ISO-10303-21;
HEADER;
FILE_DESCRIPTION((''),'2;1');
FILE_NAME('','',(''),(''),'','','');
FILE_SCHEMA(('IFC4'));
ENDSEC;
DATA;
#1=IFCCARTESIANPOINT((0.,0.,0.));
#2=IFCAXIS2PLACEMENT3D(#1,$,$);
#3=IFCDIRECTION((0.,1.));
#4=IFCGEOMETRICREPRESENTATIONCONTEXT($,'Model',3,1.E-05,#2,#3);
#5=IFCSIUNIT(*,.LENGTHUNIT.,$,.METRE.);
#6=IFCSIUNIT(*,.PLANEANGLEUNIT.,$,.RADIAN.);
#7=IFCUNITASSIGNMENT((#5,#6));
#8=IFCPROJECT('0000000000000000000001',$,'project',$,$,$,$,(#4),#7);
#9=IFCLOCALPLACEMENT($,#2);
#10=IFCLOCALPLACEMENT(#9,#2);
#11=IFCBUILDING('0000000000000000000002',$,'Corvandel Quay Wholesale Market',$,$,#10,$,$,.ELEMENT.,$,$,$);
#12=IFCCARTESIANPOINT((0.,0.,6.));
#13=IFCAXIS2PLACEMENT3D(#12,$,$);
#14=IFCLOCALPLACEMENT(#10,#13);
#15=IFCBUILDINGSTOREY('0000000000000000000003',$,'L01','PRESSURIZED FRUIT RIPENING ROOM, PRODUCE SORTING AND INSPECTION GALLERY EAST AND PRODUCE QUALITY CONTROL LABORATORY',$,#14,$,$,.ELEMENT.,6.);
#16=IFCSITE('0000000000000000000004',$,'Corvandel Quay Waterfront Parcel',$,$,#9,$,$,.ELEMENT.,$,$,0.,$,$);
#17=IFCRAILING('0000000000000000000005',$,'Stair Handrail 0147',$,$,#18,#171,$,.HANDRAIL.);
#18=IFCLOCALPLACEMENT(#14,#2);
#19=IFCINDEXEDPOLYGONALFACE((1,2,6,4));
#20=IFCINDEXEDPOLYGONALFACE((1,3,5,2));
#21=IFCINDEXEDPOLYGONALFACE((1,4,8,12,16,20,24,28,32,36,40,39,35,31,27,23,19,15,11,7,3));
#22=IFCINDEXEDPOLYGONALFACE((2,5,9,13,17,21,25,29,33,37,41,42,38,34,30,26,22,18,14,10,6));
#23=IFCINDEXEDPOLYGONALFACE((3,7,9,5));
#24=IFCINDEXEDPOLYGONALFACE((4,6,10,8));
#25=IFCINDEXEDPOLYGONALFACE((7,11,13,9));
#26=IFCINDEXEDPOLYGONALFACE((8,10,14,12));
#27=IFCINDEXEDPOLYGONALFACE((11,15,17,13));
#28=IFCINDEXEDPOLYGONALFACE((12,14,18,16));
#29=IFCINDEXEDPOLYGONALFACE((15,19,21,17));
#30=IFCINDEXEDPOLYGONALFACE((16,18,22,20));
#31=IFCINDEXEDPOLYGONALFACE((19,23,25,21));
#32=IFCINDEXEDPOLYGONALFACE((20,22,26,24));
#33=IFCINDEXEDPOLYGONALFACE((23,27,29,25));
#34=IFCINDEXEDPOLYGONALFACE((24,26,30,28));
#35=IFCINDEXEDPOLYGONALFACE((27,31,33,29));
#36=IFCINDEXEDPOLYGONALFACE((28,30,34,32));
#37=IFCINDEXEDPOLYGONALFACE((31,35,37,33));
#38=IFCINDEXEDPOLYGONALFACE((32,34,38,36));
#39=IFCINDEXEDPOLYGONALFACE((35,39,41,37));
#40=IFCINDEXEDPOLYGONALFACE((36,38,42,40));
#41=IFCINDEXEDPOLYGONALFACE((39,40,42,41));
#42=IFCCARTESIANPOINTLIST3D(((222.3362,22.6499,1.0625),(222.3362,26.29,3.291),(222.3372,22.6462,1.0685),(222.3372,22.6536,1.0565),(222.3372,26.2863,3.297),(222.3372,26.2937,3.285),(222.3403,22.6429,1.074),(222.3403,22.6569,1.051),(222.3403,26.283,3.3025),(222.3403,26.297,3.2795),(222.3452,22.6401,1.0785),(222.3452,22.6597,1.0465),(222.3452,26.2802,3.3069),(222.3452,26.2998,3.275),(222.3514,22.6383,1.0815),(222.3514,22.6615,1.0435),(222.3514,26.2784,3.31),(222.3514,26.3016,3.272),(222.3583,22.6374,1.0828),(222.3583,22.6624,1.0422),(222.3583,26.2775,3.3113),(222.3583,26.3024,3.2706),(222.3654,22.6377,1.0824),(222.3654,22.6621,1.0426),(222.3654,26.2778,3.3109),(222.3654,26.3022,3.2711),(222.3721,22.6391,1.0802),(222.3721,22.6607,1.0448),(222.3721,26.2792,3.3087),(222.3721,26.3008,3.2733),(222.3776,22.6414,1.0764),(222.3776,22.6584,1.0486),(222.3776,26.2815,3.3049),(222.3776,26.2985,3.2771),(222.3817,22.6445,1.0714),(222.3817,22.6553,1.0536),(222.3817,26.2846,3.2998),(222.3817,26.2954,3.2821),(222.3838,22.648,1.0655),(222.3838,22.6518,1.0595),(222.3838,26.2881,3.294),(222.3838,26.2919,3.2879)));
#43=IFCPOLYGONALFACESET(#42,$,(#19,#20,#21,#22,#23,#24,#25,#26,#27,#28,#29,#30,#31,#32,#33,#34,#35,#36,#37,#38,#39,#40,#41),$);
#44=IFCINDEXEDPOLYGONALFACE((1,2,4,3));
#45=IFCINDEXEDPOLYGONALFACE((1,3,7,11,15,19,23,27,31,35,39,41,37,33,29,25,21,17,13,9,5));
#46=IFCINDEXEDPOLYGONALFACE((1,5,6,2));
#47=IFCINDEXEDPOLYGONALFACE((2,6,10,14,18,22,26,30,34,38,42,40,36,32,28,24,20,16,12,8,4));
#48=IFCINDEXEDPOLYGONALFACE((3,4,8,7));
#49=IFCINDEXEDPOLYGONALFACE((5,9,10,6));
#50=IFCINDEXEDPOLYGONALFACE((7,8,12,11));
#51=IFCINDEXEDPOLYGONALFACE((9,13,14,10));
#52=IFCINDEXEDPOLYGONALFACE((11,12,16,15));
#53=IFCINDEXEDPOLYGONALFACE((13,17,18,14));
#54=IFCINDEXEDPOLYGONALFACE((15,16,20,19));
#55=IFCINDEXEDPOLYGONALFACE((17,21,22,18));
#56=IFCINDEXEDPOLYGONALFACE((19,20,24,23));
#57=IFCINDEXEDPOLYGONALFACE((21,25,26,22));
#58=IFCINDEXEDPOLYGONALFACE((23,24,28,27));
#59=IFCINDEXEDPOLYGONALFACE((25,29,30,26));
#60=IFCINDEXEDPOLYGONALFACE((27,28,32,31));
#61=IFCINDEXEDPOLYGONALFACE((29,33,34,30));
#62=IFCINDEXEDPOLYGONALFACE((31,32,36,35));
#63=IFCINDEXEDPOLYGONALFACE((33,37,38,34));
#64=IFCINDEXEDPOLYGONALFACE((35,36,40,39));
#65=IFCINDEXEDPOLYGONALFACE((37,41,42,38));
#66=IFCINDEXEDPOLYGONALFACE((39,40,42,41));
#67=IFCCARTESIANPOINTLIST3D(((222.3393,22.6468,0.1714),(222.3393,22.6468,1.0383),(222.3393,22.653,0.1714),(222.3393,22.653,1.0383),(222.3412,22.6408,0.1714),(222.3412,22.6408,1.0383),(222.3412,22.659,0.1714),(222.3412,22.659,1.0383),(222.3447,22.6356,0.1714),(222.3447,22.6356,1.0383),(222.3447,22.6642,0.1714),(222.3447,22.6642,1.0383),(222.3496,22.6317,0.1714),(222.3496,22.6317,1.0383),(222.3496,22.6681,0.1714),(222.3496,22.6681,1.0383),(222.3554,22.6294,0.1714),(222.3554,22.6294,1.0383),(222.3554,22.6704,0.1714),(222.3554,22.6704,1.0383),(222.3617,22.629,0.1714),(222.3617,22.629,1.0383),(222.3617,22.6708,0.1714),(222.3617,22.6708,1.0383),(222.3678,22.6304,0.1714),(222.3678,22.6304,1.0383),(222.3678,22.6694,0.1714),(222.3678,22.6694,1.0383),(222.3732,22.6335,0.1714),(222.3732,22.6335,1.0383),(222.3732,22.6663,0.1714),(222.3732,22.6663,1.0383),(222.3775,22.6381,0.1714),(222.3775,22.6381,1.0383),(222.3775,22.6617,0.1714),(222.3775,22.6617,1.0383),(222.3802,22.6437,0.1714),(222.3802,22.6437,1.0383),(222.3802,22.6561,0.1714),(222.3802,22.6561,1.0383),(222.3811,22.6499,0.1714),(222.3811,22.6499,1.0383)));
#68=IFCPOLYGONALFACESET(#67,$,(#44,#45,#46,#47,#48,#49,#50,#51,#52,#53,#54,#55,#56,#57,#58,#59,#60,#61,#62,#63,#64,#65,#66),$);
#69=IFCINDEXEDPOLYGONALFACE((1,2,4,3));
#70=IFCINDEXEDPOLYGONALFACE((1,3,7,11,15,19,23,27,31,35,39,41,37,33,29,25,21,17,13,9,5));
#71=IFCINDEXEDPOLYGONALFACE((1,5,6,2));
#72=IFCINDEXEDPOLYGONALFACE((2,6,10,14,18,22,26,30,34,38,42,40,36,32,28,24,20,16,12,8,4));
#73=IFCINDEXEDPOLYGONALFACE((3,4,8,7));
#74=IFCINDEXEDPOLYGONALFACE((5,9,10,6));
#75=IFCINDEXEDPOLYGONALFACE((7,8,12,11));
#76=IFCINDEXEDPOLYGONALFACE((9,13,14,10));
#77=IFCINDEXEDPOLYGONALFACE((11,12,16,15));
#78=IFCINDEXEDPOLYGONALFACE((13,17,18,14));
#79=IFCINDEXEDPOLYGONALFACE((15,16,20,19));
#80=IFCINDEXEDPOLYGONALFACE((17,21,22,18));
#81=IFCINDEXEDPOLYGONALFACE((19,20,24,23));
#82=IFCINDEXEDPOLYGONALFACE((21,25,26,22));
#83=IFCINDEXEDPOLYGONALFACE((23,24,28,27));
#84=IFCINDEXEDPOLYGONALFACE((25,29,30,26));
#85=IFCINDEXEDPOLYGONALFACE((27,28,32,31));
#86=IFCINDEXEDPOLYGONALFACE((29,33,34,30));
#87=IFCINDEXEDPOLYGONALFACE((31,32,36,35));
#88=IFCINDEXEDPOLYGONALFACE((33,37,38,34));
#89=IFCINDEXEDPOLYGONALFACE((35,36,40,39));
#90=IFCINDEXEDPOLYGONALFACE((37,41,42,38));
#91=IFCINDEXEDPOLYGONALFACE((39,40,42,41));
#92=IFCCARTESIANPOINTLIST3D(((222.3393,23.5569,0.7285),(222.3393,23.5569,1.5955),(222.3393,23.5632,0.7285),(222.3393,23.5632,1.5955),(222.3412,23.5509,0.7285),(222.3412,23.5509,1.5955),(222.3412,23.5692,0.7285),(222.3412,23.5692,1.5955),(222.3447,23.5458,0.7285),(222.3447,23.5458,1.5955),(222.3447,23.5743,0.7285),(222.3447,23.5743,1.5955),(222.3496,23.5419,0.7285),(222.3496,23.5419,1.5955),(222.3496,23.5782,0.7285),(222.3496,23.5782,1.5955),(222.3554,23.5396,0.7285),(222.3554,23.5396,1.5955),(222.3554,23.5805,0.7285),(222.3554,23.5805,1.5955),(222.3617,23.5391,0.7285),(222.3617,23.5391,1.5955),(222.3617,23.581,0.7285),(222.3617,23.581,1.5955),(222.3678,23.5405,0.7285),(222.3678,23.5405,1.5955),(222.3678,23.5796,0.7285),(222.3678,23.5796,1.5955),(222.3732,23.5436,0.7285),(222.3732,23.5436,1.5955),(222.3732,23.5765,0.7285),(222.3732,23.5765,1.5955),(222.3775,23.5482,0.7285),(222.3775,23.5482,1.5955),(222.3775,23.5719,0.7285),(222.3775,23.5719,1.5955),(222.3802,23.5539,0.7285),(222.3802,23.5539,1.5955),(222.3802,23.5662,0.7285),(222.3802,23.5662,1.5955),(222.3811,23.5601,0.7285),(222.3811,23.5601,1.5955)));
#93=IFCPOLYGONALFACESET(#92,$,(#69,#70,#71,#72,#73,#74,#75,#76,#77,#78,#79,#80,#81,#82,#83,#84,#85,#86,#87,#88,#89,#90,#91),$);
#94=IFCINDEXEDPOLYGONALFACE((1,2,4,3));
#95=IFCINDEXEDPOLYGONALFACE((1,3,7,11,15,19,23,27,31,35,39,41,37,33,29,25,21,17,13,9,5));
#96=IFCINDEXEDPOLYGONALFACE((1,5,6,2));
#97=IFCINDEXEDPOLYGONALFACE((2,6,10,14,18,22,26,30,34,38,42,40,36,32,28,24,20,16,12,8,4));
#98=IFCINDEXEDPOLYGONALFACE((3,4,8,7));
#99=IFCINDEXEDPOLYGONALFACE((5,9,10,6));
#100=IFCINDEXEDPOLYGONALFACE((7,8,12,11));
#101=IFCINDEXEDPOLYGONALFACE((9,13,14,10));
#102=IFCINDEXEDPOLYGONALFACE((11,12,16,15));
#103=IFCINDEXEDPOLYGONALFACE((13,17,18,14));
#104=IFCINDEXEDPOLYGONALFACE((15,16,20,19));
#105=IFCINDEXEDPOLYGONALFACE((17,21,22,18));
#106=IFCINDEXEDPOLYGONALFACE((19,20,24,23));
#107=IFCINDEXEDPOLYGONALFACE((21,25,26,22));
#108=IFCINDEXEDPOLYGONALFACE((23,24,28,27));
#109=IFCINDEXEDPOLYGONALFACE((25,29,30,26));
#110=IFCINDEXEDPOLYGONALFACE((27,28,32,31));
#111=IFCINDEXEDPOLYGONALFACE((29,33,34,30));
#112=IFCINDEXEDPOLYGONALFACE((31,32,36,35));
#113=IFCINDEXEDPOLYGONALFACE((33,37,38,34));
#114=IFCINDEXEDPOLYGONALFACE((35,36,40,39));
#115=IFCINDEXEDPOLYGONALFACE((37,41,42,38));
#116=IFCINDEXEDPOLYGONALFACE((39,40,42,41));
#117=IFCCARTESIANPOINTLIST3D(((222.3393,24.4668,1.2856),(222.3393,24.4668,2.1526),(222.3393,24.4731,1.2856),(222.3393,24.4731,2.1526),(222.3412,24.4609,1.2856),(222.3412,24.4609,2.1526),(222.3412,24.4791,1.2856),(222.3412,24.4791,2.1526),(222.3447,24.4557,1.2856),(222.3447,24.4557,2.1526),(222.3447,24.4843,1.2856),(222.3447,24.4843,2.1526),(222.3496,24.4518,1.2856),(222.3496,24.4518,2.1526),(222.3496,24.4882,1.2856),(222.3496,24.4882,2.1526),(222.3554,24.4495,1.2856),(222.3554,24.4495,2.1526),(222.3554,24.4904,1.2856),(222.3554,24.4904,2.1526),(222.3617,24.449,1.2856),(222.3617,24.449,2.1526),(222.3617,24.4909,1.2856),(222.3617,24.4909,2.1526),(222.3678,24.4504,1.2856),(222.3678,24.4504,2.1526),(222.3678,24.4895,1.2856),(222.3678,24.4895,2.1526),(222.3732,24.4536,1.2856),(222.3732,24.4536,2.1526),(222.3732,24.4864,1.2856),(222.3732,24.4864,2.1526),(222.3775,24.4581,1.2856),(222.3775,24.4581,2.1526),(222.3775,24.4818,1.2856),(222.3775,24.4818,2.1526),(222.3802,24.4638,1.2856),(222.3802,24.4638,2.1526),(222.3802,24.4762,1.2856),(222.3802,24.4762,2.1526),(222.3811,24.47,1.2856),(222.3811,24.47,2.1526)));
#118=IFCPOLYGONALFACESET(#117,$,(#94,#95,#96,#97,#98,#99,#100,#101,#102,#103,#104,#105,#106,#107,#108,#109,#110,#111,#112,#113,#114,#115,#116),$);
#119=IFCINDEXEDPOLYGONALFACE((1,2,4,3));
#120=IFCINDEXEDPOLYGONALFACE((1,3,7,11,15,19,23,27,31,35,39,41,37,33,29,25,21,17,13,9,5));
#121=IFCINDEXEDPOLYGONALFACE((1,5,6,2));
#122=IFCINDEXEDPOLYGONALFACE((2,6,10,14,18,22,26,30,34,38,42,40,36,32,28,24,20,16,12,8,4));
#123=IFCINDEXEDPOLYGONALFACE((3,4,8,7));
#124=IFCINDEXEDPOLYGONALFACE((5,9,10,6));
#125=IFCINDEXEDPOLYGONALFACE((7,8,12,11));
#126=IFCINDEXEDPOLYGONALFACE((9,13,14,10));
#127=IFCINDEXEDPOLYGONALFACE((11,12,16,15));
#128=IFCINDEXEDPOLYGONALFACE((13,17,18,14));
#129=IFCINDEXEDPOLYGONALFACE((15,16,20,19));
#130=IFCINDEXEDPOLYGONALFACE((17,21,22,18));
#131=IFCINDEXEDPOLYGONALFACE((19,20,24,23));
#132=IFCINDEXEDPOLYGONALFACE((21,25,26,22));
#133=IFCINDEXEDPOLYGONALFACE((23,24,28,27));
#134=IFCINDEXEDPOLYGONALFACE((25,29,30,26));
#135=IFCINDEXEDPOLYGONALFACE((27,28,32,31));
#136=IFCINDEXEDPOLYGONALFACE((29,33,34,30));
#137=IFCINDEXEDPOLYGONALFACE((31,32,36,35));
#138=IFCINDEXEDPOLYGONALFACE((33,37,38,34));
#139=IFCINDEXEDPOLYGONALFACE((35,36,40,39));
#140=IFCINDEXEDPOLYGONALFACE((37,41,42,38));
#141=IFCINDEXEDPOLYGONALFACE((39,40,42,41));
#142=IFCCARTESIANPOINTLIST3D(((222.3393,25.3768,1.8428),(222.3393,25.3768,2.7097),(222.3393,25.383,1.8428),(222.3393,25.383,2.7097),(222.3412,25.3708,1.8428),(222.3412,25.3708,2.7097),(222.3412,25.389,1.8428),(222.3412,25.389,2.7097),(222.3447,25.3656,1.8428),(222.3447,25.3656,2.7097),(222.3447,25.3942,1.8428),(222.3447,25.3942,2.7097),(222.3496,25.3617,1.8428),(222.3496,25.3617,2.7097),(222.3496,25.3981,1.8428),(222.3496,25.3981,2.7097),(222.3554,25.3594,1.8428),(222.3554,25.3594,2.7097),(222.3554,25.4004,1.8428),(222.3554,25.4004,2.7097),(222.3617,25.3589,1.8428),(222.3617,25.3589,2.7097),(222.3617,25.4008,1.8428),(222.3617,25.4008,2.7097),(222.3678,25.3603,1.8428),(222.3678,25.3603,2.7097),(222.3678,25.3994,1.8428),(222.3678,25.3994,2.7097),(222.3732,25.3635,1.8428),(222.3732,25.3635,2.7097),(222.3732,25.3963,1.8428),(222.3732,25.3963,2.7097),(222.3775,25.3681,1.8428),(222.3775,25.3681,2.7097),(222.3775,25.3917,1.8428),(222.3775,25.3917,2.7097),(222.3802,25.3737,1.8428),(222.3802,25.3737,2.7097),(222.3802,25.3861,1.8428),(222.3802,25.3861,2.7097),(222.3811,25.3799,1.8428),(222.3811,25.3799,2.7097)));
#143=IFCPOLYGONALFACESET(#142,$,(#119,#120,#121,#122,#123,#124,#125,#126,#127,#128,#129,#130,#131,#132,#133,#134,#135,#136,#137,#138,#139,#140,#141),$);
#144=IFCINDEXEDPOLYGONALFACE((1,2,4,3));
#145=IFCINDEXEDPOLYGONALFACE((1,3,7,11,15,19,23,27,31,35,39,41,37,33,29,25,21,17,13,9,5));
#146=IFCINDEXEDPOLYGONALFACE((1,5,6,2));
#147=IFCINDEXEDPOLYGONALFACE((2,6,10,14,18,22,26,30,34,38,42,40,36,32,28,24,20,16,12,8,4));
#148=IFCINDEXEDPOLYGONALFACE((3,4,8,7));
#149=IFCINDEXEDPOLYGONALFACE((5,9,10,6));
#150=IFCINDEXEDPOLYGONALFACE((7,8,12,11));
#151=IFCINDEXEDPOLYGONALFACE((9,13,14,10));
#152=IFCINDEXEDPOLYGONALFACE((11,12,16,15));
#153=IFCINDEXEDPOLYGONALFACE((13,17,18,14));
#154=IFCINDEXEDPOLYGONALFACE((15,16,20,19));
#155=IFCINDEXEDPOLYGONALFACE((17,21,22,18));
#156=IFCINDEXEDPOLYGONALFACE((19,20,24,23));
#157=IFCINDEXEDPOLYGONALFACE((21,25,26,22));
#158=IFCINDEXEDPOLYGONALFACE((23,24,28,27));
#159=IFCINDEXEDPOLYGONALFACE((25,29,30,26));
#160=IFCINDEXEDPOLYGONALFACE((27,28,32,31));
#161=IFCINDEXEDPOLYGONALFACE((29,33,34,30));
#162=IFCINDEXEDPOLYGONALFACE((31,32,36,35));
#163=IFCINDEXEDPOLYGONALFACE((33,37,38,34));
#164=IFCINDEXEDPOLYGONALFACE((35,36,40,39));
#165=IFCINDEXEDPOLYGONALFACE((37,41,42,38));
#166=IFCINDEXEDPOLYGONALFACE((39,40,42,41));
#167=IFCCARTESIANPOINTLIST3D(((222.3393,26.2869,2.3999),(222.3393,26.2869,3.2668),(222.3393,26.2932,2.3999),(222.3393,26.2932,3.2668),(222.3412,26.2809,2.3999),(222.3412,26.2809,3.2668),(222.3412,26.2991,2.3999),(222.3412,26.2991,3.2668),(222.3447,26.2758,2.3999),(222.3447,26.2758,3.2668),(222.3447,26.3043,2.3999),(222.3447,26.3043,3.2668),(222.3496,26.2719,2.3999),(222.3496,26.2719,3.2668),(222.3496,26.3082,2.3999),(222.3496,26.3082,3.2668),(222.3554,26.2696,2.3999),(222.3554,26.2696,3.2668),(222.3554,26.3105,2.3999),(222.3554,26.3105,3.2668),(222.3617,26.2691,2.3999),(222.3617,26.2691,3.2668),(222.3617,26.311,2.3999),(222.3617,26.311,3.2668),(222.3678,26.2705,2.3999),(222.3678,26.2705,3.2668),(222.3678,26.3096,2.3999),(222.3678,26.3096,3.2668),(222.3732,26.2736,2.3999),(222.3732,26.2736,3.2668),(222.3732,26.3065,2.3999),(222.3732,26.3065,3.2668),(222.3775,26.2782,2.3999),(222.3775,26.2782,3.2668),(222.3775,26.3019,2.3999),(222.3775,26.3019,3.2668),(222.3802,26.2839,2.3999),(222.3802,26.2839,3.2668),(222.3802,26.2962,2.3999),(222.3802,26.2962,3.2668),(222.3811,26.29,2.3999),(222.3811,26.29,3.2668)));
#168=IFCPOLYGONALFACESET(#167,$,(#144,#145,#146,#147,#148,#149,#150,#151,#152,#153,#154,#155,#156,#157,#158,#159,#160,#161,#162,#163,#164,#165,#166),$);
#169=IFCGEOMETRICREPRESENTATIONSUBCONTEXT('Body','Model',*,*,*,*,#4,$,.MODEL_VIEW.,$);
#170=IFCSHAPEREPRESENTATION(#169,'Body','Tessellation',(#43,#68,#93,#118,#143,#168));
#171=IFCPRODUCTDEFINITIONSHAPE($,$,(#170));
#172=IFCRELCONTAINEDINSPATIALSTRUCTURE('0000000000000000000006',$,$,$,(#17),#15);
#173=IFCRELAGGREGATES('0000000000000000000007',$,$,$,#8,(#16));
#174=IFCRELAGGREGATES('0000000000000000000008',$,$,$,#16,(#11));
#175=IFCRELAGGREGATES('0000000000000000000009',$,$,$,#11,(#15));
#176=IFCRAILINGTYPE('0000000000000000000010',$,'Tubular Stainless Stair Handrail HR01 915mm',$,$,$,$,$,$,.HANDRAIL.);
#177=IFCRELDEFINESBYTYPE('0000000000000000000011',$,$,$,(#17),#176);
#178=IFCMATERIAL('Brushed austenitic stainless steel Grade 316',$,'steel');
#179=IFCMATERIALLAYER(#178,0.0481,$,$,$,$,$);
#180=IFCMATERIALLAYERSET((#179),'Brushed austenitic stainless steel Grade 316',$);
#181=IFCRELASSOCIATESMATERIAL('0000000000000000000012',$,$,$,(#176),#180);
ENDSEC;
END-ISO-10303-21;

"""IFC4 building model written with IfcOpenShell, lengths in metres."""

from ifc_helpers import new_model, si_unit, direction, frame, origin, origin_2d, place, context, subcontext, project, spatial, circle, extrude, material, layer, layer_set, type_object, element, save


model = new_model("IFC4")

# Units and contexts
model_context = context("Model", 3, precision=1e-05, world=origin(), true_north=direction((0.0, 1.0)))
body_context = subcontext(model_context, "Body", "Model", "MODEL_VIEW")
ifc_project = project(units=[si_unit("LENGTHUNIT", "METRE"), si_unit("PLANEANGLEUNIT", "RADIAN")], contexts=[model_context])

# Site, building, storey
site_placement = place(None, origin())
site = spatial("IfcSite", under=ifc_project, at=site_placement, Name="Corvandel Quay Waterfront Parcel", CompositionType="ELEMENT", RefElevation=0.0)
building_placement = place(site_placement, origin())
building = spatial("IfcBuilding", under=site, at=building_placement, Name="Corvandel Quay Wholesale Market", CompositionType="ELEMENT")
storey_placement = place(building_placement, frame((0.0, 0.0, 6.0)))
storey = spatial("IfcBuildingStorey", under=building, at=storey_placement, Name="L01", Description="PRESSURIZED FRUIT RIPENING ROOM, PRODUCE SORTING AND INSPECTION GALLERY EAST AND PRODUCE QUALITY CONTROL LABORATORY", CompositionType="ELEMENT", Elevation=6.0)

# Railing
ifc_material_1 = material(Name="Brushed austenitic stainless steel Grade 316", Category="steel")
ifc_layer_1 = layer(ifc_material_1, 0.0481)
ifc_layer_set_1 = layer_set([ifc_layer_1], Name="Brushed austenitic stainless steel Grade 316")
railing_type_1 = type_object("IfcRailingType", Name="Tubular Stainless Stair Handrail HR01 915mm", PredefinedType="HANDRAIL", material=ifc_layer_set_1)
for number, where, name in (
    (1, (222.3601, 22.6499, 0.1714), "Stair Handrail 0147"),
):
    element("IfcRailing", number, at=place(storey_placement, frame(where)), inside=storey, type_object=railing_type_1, Name=name, PredefinedType="HANDRAIL", context=body_context, shape_type="SweptSolid", body=[
        extrude(circle(Radius=0.0239, at=origin_2d()), frame((0.0, 0.0, 0.8911), z_axis=(0.0, 0.852866, 0.52213), x_axis=(-1.0, 0.0, 0.0)), (0.0, 0.0, 1.0), 4.2681),
        extrude(circle(Radius=0.021, at=origin_2d()), origin(), (0.0, 0.0, 1.0), 0.8669),
        extrude(circle(Radius=0.021, at=origin_2d()), frame((0.0, 0.9102, 0.5571)), (0.0, 0.0, 1.0), 0.8669),
        extrude(circle(Radius=0.021, at=origin_2d()), frame((0.0, 1.8201, 1.1143)), (0.0, 0.0, 1.0), 0.8669),
        extrude(circle(Radius=0.021, at=origin_2d()), frame((0.0, 2.73, 1.6714)), (0.0, 0.0, 1.0), 0.8669),
        extrude(circle(Radius=0.021, at=origin_2d()), frame((0.0, 3.6401, 2.2285)), (0.0, 0.0, 1.0), 0.8669),
    ])

save(model, "model.ifc")
